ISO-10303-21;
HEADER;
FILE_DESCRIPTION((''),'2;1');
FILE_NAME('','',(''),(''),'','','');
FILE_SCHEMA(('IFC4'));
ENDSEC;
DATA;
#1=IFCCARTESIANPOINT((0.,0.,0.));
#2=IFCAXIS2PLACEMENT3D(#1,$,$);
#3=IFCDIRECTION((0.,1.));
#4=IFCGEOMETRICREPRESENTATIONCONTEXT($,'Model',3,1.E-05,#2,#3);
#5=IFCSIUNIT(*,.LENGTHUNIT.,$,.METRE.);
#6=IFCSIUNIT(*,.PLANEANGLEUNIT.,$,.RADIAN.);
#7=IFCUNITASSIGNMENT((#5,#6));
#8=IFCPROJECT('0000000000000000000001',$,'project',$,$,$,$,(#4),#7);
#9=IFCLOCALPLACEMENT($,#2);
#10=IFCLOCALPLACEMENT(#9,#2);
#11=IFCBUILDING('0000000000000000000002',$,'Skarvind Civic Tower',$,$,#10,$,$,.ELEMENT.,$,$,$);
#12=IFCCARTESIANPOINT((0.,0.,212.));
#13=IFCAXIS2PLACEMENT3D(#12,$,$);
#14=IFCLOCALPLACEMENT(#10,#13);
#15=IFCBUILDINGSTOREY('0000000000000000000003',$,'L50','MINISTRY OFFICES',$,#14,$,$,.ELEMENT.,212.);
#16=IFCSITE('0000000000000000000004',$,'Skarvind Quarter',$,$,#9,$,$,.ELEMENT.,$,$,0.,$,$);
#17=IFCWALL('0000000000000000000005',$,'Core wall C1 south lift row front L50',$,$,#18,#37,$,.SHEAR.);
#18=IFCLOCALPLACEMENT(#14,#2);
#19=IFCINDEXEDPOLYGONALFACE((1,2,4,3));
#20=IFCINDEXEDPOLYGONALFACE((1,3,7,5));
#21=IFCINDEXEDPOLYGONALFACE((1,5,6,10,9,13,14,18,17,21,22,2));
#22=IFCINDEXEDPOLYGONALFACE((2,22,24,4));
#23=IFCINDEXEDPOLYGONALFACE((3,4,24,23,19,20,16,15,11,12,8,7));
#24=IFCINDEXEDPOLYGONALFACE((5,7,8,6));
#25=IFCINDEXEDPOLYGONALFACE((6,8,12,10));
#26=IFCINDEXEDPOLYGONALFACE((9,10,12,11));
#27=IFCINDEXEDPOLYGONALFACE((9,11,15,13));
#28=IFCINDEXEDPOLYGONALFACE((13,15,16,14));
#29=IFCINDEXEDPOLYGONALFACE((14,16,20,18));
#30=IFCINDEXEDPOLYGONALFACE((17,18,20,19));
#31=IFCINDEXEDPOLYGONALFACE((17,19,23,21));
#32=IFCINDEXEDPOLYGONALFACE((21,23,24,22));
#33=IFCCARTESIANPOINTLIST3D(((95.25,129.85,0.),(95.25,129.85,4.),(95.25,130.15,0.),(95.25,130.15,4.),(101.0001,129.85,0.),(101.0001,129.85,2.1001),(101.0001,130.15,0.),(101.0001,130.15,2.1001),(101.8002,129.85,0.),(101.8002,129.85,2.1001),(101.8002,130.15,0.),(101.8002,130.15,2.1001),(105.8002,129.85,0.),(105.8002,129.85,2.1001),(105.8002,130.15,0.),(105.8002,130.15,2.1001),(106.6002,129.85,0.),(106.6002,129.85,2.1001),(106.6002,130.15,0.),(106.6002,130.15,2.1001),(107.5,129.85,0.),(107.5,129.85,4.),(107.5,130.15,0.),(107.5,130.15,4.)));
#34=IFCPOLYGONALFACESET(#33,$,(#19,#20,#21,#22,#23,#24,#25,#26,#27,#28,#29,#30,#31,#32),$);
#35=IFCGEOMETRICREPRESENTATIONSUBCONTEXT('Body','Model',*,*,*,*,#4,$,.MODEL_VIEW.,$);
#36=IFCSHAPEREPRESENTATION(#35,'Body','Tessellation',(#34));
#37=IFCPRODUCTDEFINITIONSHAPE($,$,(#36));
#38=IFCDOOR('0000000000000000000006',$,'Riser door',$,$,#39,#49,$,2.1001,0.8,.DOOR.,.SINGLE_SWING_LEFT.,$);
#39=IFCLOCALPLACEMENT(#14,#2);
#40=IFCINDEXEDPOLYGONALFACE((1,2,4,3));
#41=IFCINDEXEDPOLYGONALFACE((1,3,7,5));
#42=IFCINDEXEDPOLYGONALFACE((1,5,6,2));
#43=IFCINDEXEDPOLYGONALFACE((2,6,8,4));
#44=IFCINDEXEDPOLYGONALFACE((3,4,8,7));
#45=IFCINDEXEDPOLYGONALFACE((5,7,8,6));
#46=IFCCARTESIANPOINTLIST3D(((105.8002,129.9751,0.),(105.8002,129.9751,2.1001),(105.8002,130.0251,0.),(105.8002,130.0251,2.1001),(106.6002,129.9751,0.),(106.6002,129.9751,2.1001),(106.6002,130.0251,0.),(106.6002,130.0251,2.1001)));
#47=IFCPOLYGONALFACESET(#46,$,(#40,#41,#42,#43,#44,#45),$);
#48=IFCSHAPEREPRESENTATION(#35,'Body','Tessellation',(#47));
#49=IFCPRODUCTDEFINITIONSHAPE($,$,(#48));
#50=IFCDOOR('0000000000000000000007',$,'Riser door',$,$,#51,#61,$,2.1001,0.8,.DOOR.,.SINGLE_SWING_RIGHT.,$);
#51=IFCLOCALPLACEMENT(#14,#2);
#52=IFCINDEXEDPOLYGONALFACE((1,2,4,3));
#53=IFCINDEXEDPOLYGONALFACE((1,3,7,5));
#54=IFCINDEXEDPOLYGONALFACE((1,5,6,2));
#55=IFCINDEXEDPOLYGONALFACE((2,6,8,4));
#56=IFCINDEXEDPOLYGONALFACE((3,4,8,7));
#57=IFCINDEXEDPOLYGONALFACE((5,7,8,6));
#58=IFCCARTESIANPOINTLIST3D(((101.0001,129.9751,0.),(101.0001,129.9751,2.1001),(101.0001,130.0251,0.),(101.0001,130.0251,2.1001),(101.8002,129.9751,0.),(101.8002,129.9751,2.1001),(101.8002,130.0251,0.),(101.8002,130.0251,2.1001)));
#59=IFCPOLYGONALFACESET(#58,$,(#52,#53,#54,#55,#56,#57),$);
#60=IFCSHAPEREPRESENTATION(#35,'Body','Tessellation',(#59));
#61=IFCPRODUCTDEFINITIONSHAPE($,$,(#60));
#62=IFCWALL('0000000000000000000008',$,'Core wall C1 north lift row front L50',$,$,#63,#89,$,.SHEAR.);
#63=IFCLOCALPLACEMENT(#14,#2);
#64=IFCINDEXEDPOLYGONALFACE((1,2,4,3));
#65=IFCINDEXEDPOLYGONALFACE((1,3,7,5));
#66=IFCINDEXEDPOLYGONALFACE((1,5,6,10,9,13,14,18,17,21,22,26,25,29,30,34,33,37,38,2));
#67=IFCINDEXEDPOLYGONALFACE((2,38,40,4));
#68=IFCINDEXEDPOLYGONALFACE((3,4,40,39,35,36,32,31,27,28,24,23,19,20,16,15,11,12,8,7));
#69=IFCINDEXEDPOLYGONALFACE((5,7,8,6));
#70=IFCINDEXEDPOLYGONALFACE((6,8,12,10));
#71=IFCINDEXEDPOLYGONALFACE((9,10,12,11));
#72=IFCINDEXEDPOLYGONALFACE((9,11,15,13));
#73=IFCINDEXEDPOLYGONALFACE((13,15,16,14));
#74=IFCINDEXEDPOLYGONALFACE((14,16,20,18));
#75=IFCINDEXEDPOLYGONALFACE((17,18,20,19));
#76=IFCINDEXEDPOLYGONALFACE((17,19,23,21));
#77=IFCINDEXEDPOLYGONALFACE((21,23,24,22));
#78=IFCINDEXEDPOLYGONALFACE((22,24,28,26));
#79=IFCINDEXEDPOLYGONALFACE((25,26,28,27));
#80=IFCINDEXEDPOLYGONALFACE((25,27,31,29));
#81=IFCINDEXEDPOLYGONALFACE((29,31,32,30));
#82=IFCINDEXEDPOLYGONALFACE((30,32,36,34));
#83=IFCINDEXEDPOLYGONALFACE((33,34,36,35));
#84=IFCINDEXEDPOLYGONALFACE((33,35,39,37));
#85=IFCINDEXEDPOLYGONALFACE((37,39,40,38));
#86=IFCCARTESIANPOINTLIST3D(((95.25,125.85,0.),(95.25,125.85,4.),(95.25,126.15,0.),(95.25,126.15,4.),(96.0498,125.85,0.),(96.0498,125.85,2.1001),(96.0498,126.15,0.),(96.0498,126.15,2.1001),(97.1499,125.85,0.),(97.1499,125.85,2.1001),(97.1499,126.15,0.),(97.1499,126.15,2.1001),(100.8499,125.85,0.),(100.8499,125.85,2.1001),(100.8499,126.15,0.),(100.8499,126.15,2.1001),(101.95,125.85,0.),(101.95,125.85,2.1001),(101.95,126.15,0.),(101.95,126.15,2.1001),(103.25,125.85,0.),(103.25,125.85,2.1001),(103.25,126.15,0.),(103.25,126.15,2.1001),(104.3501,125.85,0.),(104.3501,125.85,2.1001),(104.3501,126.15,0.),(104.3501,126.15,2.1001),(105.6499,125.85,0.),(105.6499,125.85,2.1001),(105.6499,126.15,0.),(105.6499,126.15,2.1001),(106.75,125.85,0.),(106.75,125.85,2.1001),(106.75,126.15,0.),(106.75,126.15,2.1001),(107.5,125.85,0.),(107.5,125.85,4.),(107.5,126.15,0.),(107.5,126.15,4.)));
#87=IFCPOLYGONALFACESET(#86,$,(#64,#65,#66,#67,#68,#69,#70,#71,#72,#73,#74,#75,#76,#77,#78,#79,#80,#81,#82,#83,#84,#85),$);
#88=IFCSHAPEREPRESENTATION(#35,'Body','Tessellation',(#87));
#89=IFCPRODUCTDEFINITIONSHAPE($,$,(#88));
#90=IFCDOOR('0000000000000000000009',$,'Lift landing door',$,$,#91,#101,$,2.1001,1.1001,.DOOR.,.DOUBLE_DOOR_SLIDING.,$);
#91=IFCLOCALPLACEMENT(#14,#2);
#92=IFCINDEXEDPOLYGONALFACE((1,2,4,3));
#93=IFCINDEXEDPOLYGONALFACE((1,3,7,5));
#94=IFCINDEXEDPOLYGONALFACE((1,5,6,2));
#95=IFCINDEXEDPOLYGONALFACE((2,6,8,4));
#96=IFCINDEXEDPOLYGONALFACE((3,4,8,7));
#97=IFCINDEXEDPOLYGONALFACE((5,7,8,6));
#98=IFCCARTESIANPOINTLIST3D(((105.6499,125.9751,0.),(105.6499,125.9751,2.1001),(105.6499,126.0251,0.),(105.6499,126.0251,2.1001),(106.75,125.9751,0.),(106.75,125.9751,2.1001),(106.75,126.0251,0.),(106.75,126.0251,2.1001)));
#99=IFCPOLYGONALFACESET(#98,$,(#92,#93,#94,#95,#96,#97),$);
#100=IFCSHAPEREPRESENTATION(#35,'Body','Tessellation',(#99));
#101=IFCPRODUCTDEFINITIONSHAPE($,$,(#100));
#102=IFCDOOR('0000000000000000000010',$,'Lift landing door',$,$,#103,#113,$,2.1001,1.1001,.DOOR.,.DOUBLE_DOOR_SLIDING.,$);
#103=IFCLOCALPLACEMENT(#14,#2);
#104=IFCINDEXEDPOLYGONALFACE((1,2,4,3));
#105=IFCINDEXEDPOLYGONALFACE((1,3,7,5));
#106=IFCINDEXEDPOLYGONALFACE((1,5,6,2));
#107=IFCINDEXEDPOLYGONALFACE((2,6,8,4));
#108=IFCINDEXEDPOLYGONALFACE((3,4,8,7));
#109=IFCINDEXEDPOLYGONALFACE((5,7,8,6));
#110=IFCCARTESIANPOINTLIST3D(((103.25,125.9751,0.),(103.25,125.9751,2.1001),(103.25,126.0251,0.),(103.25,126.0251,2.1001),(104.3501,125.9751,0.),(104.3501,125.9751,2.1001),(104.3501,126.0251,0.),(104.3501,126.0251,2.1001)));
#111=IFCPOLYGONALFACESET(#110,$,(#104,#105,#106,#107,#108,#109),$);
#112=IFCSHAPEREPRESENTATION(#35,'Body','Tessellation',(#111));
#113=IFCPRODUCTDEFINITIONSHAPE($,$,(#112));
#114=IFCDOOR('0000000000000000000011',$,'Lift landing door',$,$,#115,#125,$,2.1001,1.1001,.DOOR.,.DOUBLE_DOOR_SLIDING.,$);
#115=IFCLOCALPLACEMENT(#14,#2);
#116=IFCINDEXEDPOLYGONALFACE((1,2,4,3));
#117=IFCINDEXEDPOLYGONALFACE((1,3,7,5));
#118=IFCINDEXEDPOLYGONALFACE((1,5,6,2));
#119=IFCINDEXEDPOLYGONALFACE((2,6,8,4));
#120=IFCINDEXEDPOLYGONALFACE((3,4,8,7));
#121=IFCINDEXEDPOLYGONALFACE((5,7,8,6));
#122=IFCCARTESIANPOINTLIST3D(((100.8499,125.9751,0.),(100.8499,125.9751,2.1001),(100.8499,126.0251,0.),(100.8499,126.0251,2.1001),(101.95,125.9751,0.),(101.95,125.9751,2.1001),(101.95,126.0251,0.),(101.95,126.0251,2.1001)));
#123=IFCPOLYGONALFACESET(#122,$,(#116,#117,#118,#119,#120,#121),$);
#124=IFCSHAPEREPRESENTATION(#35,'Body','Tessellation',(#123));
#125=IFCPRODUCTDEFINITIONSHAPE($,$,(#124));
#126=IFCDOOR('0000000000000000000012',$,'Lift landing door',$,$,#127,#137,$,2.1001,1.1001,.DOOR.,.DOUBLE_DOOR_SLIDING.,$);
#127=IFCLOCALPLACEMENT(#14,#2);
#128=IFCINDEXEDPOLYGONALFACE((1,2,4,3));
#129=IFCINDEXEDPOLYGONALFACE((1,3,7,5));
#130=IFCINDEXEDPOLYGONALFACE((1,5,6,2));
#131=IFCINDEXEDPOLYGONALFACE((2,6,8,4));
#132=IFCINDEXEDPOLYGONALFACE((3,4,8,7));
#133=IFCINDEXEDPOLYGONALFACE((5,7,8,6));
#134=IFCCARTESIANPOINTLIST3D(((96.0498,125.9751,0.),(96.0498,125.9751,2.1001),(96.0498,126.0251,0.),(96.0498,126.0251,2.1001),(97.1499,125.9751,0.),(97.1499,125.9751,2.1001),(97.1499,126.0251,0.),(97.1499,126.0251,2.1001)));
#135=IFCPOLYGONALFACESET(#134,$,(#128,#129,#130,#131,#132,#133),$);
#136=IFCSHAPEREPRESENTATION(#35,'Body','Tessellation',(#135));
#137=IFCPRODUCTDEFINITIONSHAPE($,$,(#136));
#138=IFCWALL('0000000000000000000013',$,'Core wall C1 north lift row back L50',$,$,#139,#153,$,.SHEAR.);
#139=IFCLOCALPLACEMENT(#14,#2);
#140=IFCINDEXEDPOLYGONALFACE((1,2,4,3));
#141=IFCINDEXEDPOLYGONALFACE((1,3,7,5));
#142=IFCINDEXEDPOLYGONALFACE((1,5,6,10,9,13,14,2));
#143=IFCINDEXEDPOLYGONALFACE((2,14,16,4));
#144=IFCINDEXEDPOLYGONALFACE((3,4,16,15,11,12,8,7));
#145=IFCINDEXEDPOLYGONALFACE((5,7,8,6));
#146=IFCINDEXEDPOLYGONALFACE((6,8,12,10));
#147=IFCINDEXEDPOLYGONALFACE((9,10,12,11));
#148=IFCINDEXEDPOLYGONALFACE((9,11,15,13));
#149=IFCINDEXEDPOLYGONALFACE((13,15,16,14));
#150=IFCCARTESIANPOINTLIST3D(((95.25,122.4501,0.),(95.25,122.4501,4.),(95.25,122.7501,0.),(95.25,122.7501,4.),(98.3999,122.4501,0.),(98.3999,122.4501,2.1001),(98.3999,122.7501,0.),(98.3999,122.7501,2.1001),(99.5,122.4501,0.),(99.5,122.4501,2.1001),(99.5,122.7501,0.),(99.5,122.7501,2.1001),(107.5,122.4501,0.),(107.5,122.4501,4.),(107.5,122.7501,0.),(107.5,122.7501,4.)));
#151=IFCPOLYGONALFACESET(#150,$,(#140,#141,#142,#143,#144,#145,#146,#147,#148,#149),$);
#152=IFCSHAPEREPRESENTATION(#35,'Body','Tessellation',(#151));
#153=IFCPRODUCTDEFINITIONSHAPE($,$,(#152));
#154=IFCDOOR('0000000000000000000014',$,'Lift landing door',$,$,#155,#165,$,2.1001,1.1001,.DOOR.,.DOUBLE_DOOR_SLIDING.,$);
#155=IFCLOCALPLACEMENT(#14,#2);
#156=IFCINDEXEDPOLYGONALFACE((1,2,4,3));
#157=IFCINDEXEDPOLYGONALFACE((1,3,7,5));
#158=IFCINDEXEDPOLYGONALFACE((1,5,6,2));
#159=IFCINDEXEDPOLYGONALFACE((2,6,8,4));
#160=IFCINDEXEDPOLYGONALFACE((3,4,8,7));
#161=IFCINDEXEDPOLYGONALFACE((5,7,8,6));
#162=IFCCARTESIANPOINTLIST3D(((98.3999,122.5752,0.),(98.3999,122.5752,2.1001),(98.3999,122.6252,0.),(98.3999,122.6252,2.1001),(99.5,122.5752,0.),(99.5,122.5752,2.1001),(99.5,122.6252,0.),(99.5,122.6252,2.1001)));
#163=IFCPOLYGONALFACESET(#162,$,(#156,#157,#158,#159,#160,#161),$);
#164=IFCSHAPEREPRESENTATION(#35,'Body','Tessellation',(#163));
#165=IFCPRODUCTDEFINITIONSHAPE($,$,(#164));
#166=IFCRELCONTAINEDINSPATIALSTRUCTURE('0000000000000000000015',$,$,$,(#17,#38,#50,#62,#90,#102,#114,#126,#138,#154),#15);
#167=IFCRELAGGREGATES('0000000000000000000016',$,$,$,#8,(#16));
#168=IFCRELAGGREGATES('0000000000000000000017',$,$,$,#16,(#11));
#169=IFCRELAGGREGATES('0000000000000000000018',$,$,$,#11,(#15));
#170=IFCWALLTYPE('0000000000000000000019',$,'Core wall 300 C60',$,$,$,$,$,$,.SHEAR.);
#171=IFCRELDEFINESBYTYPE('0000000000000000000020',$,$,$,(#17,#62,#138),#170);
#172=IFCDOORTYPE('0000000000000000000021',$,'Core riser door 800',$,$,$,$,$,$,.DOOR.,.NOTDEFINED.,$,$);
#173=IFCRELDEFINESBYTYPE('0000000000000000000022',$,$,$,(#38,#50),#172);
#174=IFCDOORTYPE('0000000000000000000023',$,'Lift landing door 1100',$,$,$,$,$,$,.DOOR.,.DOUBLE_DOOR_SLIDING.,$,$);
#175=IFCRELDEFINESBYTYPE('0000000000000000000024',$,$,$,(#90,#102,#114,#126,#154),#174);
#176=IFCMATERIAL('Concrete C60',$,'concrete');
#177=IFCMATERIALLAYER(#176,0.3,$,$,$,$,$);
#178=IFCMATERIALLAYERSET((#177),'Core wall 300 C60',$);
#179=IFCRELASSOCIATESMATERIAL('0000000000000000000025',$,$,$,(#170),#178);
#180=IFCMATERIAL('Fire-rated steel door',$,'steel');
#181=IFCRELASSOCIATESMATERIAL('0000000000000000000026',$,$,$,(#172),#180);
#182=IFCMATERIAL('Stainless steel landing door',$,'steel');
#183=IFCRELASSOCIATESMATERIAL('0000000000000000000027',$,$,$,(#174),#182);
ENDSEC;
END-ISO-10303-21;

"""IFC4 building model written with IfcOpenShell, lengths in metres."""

from ifc_helpers import new_model, si_unit, direction, frame, frame_2d, origin, place, context, subcontext, project, spatial, rectangle, extrude, material, layer, layer_set, type_object, element, fill, save


model = new_model("IFC4")

# Units and contexts
model_context = context("Model", 3, precision=1e-05, world=origin(), true_north=direction((0.0, 1.0)))
body_context = subcontext(model_context, "Body", "Model", "MODEL_VIEW")
ifc_project = project(units=[si_unit("LENGTHUNIT", "METRE"), si_unit("PLANEANGLEUNIT", "RADIAN")], contexts=[model_context])

# Site, building, storey
site_placement = place(None, origin())
site = spatial("IfcSite", under=ifc_project, at=site_placement, Name="Skarvind Quarter", CompositionType="ELEMENT", RefElevation=0.0)
building_placement = place(site_placement, origin())
building = spatial("IfcBuilding", under=site, at=building_placement, Name="Skarvind Civic Tower", CompositionType="ELEMENT")
storey_placement = place(building_placement, frame((0.0, 0.0, 212.0)))
storey = spatial("IfcBuildingStorey", under=building, at=storey_placement, Name="L50", Description="MINISTRY OFFICES", CompositionType="ELEMENT", Elevation=212.0)

# Walls, openings, doors
ifc_material_1 = material(Name="Concrete C60", Category="concrete")
ifc_layer_1 = layer(ifc_material_1, 0.3)
ifc_layer_set_1 = layer_set([ifc_layer_1], Name="Core wall 300 C60")
wall_type_1 = type_object("IfcWallType", Name="Core wall 300 C60", PredefinedType="SHEAR", material=ifc_layer_set_1)
wall_1_placement = place(storey_placement, frame((107.5, 130.0, 0.0), z_axis=(0.0, 0.0, 1.0), x_axis=(-1.0, 0.0, 0.0)))
wall_1 = element("IfcWall", 1, at=wall_1_placement, inside=storey, type_object=wall_type_1, Name="Core wall C1 south lift row front L50", PredefinedType="SHEAR", context=body_context, shape_type="SweptSolid", body=[
    extrude(rectangle(XDim=12.25, YDim=0.3, at=frame_2d((6.125, 0.0))), origin(), (0.0, 0.0, 1.0), 4.0),
])
opening_1_placement = place(wall_1_placement, frame((0.8999, 0.0, 0.0)))
opening_1 = element("IfcOpeningElement", 2, at=opening_1_placement, cuts=wall_1, PredefinedType="OPENING", context=body_context, shape_type="SweptSolid", body=[
    extrude(rectangle(XDim=0.8, YDim=2.1001, at=frame_2d((0.3999, 1.05))), frame((0.0, 0.1599, 0.0), z_axis=(0.0, -1.0, 0.0), x_axis=(1.0, 0.0, 0.0)), (0.0, 0.0, 1.0), 0.3201),
])
opening_2_placement = place(wall_1_placement, frame((5.7, 0.0, 0.0)))
opening_2 = element("IfcOpeningElement", 3, at=opening_2_placement, cuts=wall_1, PredefinedType="OPENING", context=body_context, shape_type="SweptSolid", body=[
    extrude(rectangle(XDim=0.8, YDim=2.1001, at=frame_2d((0.3999, 1.05))), frame((0.0, 0.1599, 0.0), z_axis=(0.0, -1.0, 0.0), x_axis=(1.0, 0.0, 0.0)), (0.0, 0.0, 1.0), 0.3201),
])
ifc_material_2 = material(Name="Fire-rated steel door", Category="steel")
door_type_1 = type_object("IfcDoorType", Name="Core riser door 800", OperationType="NOTDEFINED", PredefinedType="DOOR", material=ifc_material_2)
door_1_placement = place(opening_1_placement, origin())
door_1 = element("IfcDoor", 4, at=door_1_placement, inside=storey, type_object=door_type_1, Name="Riser door", OperationType="SINGLE_SWING_LEFT", OverallHeight=2.1001, OverallWidth=0.8, PredefinedType="DOOR", context=body_context, shape_type="SweptSolid", body=[
    extrude(rectangle(XDim=0.8, YDim=2.1001, at=frame_2d((0.3999, 1.05))), frame((0.0, 0.0249, 0.0), z_axis=(0.0, -1.0, 0.0), x_axis=(1.0, 0.0, 0.0)), (0.0, 0.0, 1.0), 0.05),
])
fill(opening_1, door_1)
door_2_placement = place(opening_2_placement, origin())
door_2 = element("IfcDoor", 5, at=door_2_placement, inside=storey, type_object=door_type_1, Name="Riser door", OperationType="SINGLE_SWING_RIGHT", OverallHeight=2.1001, OverallWidth=0.8, PredefinedType="DOOR", context=body_context, shape_type="SweptSolid", body=[
    extrude(rectangle(XDim=0.8, YDim=2.1001, at=frame_2d((0.3999, 1.05))), frame((0.0, 0.0249, 0.0), z_axis=(0.0, -1.0, 0.0), x_axis=(1.0, 0.0, 0.0)), (0.0, 0.0, 1.0), 0.05),
])
fill(opening_2, door_2)
wall_2_placement = place(storey_placement, frame((107.5, 126.0, 0.0), z_axis=(0.0, 0.0, 1.0), x_axis=(-1.0, 0.0, 0.0)))
wall_2 = element("IfcWall", 6, at=wall_2_placement, inside=storey, type_object=wall_type_1, Name="Core wall C1 north lift row front L50", PredefinedType="SHEAR", context=body_context, shape_type="SweptSolid", body=[
    extrude(rectangle(XDim=12.25, YDim=0.3, at=frame_2d((6.125, 0.0))), origin(), (0.0, 0.0, 1.0), 4.0),
])
opening_3_placement = place(wall_2_placement, frame((0.75, 0.0, 0.0)))
opening_3 = element("IfcOpeningElement", 7, at=opening_3_placement, cuts=wall_2, PredefinedType="OPENING", context=body_context, shape_type="SweptSolid", body=[
    extrude(rectangle(XDim=1.1001, YDim=2.1001, at=frame_2d((0.55, 1.05))), frame((0.0, 0.1599, 0.0), z_axis=(0.0, -1.0, 0.0), x_axis=(1.0, 0.0, 0.0)), (0.0, 0.0, 1.0), 0.3201),
])
opening_4_placement = place(wall_2_placement, frame((3.1499, 0.0, 0.0)))
opening_4 = element("IfcOpeningElement", 8, at=opening_4_placement, cuts=wall_2, PredefinedType="OPENING", context=body_context, shape_type="SweptSolid", body=[
    extrude(rectangle(XDim=1.1001, YDim=2.1001, at=frame_2d((0.55, 1.05))), frame((0.0, 0.1599, 0.0), z_axis=(0.0, -1.0, 0.0), x_axis=(1.0, 0.0, 0.0)), (0.0, 0.0, 1.0), 0.3201),
])
opening_5_placement = place(wall_2_placement, frame((5.55, 0.0, 0.0)))
opening_5 = element("IfcOpeningElement", 9, at=opening_5_placement, cuts=wall_2, PredefinedType="OPENING", context=body_context, shape_type="SweptSolid", body=[
    extrude(rectangle(XDim=1.1001, YDim=2.1001, at=frame_2d((0.55, 1.05))), frame((0.0, 0.1599, 0.0), z_axis=(0.0, -1.0, 0.0), x_axis=(1.0, 0.0, 0.0)), (0.0, 0.0, 1.0), 0.3201),
])
opening_6_placement = place(wall_2_placement, frame((10.3501, 0.0, 0.0)))
opening_6 = element("IfcOpeningElement", 10, at=opening_6_placement, cuts=wall_2, PredefinedType="OPENING", context=body_context, shape_type="SweptSolid", body=[
    extrude(rectangle(XDim=1.1001, YDim=2.1001, at=frame_2d((0.55, 1.05))), frame((0.0, 0.1599, 0.0), z_axis=(0.0, -1.0, 0.0), x_axis=(1.0, 0.0, 0.0)), (0.0, 0.0, 1.0), 0.3201),
])
ifc_material_3 = material(Name="Stainless steel landing door", Category="steel")
door_type_2 = type_object("IfcDoorType", Name="Lift landing door 1100", OperationType="DOUBLE_DOOR_SLIDING", PredefinedType="DOOR", material=ifc_material_3)
door_3_placement = place(opening_3_placement, origin())
door_3 = element("IfcDoor", 11, at=door_3_placement, inside=storey, type_object=door_type_2, Name="Lift landing door", OperationType="DOUBLE_DOOR_SLIDING", OverallHeight=2.1001, OverallWidth=1.1001, PredefinedType="DOOR", context=body_context, shape_type="SweptSolid", body=[
    extrude(rectangle(XDim=1.1001, YDim=2.1001, at=frame_2d((0.55, 1.05))), frame((0.0, 0.0249, 0.0), z_axis=(0.0, -1.0, 0.0), x_axis=(1.0, 0.0, 0.0)), (0.0, 0.0, 1.0), 0.05),
])
fill(opening_3, door_3)
door_4_placement = place(opening_4_placement, origin())
door_4 = element("IfcDoor", 12, at=door_4_placement, inside=storey, type_object=door_type_2, Name="Lift landing door", OperationType="DOUBLE_DOOR_SLIDING", OverallHeight=2.1001, OverallWidth=1.1001, PredefinedType="DOOR", context=body_context, shape_type="SweptSolid", body=[
    extrude(rectangle(XDim=1.1001, YDim=2.1001, at=frame_2d((0.55, 1.05))), frame((0.0, 0.0249, 0.0), z_axis=(0.0, -1.0, 0.0), x_axis=(1.0, 0.0, 0.0)), (0.0, 0.0, 1.0), 0.05),
])
fill(opening_4, door_4)
door_5_placement = place(opening_5_placement, origin())
door_5 = element("IfcDoor", 13, at=door_5_placement, inside=storey, type_object=door_type_2, Name="Lift landing door", OperationType="DOUBLE_DOOR_SLIDING", OverallHeight=2.1001, OverallWidth=1.1001, PredefinedType="DOOR", context=body_context, shape_type="SweptSolid", body=[
    extrude(rectangle(XDim=1.1001, YDim=2.1001, at=frame_2d((0.55, 1.05))), frame((0.0, 0.0249, 0.0), z_axis=(0.0, -1.0, 0.0), x_axis=(1.0, 0.0, 0.0)), (0.0, 0.0, 1.0), 0.05),
])
fill(opening_5, door_5)
door_6_placement = place(opening_6_placement, origin())
door_6 = element("IfcDoor", 14, at=door_6_placement, inside=storey, type_object=door_type_2, Name="Lift landing door", OperationType="DOUBLE_DOOR_SLIDING", OverallHeight=2.1001, OverallWidth=1.1001, PredefinedType="DOOR", context=body_context, shape_type="SweptSolid", body=[
    extrude(rectangle(XDim=1.1001, YDim=2.1001, at=frame_2d((0.55, 1.05))), frame((0.0, 0.0249, 0.0), z_axis=(0.0, -1.0, 0.0), x_axis=(1.0, 0.0, 0.0)), (0.0, 0.0, 1.0), 0.05),
])
fill(opening_6, door_6)

# Wall, opening, door
wall_3_placement = place(storey_placement, frame((107.5, 122.6001, 0.0), z_axis=(0.0, 0.0, 1.0), x_axis=(-1.0, 0.0, 0.0)))
wall_3 = element("IfcWall", 15, at=wall_3_placement, inside=storey, type_object=wall_type_1, Name="Core wall C1 north lift row back L50", PredefinedType="SHEAR", context=body_context, shape_type="SweptSolid", body=[
    extrude(rectangle(XDim=12.25, YDim=0.3, at=frame_2d((6.125, 0.0))), origin(), (0.0, 0.0, 1.0), 4.0),
])
opening_7_placement = place(wall_3_placement, frame((8.0, 0.0, 0.0)))
opening_7 = element("IfcOpeningElement", 16, at=opening_7_placement, cuts=wall_3, PredefinedType="OPENING", context=body_context, shape_type="SweptSolid", body=[
    extrude(rectangle(XDim=1.1001, YDim=2.1001, at=frame_2d((0.55, 1.05))), frame((0.0, 0.1599, 0.0), z_axis=(0.0, -1.0, 0.0), x_axis=(1.0, 0.0, 0.0)), (0.0, 0.0, 1.0), 0.3201),
])
door_7_placement = place(opening_7_placement, origin())
door_7 = element("IfcDoor", 17, at=door_7_placement, inside=storey, type_object=door_type_2, Name="Lift landing door", OperationType="DOUBLE_DOOR_SLIDING", OverallHeight=2.1001, OverallWidth=1.1001, PredefinedType="DOOR", context=body_context, shape_type="SweptSolid", body=[
    extrude(rectangle(XDim=1.1001, YDim=2.1001, at=frame_2d((0.55, 1.05))), frame((0.0, 0.0249, 0.0), z_axis=(0.0, -1.0, 0.0), x_axis=(1.0, 0.0, 0.0)), (0.0, 0.0, 1.0), 0.05),
])
fill(opening_7, door_7)

save(model, "model.ifc")
